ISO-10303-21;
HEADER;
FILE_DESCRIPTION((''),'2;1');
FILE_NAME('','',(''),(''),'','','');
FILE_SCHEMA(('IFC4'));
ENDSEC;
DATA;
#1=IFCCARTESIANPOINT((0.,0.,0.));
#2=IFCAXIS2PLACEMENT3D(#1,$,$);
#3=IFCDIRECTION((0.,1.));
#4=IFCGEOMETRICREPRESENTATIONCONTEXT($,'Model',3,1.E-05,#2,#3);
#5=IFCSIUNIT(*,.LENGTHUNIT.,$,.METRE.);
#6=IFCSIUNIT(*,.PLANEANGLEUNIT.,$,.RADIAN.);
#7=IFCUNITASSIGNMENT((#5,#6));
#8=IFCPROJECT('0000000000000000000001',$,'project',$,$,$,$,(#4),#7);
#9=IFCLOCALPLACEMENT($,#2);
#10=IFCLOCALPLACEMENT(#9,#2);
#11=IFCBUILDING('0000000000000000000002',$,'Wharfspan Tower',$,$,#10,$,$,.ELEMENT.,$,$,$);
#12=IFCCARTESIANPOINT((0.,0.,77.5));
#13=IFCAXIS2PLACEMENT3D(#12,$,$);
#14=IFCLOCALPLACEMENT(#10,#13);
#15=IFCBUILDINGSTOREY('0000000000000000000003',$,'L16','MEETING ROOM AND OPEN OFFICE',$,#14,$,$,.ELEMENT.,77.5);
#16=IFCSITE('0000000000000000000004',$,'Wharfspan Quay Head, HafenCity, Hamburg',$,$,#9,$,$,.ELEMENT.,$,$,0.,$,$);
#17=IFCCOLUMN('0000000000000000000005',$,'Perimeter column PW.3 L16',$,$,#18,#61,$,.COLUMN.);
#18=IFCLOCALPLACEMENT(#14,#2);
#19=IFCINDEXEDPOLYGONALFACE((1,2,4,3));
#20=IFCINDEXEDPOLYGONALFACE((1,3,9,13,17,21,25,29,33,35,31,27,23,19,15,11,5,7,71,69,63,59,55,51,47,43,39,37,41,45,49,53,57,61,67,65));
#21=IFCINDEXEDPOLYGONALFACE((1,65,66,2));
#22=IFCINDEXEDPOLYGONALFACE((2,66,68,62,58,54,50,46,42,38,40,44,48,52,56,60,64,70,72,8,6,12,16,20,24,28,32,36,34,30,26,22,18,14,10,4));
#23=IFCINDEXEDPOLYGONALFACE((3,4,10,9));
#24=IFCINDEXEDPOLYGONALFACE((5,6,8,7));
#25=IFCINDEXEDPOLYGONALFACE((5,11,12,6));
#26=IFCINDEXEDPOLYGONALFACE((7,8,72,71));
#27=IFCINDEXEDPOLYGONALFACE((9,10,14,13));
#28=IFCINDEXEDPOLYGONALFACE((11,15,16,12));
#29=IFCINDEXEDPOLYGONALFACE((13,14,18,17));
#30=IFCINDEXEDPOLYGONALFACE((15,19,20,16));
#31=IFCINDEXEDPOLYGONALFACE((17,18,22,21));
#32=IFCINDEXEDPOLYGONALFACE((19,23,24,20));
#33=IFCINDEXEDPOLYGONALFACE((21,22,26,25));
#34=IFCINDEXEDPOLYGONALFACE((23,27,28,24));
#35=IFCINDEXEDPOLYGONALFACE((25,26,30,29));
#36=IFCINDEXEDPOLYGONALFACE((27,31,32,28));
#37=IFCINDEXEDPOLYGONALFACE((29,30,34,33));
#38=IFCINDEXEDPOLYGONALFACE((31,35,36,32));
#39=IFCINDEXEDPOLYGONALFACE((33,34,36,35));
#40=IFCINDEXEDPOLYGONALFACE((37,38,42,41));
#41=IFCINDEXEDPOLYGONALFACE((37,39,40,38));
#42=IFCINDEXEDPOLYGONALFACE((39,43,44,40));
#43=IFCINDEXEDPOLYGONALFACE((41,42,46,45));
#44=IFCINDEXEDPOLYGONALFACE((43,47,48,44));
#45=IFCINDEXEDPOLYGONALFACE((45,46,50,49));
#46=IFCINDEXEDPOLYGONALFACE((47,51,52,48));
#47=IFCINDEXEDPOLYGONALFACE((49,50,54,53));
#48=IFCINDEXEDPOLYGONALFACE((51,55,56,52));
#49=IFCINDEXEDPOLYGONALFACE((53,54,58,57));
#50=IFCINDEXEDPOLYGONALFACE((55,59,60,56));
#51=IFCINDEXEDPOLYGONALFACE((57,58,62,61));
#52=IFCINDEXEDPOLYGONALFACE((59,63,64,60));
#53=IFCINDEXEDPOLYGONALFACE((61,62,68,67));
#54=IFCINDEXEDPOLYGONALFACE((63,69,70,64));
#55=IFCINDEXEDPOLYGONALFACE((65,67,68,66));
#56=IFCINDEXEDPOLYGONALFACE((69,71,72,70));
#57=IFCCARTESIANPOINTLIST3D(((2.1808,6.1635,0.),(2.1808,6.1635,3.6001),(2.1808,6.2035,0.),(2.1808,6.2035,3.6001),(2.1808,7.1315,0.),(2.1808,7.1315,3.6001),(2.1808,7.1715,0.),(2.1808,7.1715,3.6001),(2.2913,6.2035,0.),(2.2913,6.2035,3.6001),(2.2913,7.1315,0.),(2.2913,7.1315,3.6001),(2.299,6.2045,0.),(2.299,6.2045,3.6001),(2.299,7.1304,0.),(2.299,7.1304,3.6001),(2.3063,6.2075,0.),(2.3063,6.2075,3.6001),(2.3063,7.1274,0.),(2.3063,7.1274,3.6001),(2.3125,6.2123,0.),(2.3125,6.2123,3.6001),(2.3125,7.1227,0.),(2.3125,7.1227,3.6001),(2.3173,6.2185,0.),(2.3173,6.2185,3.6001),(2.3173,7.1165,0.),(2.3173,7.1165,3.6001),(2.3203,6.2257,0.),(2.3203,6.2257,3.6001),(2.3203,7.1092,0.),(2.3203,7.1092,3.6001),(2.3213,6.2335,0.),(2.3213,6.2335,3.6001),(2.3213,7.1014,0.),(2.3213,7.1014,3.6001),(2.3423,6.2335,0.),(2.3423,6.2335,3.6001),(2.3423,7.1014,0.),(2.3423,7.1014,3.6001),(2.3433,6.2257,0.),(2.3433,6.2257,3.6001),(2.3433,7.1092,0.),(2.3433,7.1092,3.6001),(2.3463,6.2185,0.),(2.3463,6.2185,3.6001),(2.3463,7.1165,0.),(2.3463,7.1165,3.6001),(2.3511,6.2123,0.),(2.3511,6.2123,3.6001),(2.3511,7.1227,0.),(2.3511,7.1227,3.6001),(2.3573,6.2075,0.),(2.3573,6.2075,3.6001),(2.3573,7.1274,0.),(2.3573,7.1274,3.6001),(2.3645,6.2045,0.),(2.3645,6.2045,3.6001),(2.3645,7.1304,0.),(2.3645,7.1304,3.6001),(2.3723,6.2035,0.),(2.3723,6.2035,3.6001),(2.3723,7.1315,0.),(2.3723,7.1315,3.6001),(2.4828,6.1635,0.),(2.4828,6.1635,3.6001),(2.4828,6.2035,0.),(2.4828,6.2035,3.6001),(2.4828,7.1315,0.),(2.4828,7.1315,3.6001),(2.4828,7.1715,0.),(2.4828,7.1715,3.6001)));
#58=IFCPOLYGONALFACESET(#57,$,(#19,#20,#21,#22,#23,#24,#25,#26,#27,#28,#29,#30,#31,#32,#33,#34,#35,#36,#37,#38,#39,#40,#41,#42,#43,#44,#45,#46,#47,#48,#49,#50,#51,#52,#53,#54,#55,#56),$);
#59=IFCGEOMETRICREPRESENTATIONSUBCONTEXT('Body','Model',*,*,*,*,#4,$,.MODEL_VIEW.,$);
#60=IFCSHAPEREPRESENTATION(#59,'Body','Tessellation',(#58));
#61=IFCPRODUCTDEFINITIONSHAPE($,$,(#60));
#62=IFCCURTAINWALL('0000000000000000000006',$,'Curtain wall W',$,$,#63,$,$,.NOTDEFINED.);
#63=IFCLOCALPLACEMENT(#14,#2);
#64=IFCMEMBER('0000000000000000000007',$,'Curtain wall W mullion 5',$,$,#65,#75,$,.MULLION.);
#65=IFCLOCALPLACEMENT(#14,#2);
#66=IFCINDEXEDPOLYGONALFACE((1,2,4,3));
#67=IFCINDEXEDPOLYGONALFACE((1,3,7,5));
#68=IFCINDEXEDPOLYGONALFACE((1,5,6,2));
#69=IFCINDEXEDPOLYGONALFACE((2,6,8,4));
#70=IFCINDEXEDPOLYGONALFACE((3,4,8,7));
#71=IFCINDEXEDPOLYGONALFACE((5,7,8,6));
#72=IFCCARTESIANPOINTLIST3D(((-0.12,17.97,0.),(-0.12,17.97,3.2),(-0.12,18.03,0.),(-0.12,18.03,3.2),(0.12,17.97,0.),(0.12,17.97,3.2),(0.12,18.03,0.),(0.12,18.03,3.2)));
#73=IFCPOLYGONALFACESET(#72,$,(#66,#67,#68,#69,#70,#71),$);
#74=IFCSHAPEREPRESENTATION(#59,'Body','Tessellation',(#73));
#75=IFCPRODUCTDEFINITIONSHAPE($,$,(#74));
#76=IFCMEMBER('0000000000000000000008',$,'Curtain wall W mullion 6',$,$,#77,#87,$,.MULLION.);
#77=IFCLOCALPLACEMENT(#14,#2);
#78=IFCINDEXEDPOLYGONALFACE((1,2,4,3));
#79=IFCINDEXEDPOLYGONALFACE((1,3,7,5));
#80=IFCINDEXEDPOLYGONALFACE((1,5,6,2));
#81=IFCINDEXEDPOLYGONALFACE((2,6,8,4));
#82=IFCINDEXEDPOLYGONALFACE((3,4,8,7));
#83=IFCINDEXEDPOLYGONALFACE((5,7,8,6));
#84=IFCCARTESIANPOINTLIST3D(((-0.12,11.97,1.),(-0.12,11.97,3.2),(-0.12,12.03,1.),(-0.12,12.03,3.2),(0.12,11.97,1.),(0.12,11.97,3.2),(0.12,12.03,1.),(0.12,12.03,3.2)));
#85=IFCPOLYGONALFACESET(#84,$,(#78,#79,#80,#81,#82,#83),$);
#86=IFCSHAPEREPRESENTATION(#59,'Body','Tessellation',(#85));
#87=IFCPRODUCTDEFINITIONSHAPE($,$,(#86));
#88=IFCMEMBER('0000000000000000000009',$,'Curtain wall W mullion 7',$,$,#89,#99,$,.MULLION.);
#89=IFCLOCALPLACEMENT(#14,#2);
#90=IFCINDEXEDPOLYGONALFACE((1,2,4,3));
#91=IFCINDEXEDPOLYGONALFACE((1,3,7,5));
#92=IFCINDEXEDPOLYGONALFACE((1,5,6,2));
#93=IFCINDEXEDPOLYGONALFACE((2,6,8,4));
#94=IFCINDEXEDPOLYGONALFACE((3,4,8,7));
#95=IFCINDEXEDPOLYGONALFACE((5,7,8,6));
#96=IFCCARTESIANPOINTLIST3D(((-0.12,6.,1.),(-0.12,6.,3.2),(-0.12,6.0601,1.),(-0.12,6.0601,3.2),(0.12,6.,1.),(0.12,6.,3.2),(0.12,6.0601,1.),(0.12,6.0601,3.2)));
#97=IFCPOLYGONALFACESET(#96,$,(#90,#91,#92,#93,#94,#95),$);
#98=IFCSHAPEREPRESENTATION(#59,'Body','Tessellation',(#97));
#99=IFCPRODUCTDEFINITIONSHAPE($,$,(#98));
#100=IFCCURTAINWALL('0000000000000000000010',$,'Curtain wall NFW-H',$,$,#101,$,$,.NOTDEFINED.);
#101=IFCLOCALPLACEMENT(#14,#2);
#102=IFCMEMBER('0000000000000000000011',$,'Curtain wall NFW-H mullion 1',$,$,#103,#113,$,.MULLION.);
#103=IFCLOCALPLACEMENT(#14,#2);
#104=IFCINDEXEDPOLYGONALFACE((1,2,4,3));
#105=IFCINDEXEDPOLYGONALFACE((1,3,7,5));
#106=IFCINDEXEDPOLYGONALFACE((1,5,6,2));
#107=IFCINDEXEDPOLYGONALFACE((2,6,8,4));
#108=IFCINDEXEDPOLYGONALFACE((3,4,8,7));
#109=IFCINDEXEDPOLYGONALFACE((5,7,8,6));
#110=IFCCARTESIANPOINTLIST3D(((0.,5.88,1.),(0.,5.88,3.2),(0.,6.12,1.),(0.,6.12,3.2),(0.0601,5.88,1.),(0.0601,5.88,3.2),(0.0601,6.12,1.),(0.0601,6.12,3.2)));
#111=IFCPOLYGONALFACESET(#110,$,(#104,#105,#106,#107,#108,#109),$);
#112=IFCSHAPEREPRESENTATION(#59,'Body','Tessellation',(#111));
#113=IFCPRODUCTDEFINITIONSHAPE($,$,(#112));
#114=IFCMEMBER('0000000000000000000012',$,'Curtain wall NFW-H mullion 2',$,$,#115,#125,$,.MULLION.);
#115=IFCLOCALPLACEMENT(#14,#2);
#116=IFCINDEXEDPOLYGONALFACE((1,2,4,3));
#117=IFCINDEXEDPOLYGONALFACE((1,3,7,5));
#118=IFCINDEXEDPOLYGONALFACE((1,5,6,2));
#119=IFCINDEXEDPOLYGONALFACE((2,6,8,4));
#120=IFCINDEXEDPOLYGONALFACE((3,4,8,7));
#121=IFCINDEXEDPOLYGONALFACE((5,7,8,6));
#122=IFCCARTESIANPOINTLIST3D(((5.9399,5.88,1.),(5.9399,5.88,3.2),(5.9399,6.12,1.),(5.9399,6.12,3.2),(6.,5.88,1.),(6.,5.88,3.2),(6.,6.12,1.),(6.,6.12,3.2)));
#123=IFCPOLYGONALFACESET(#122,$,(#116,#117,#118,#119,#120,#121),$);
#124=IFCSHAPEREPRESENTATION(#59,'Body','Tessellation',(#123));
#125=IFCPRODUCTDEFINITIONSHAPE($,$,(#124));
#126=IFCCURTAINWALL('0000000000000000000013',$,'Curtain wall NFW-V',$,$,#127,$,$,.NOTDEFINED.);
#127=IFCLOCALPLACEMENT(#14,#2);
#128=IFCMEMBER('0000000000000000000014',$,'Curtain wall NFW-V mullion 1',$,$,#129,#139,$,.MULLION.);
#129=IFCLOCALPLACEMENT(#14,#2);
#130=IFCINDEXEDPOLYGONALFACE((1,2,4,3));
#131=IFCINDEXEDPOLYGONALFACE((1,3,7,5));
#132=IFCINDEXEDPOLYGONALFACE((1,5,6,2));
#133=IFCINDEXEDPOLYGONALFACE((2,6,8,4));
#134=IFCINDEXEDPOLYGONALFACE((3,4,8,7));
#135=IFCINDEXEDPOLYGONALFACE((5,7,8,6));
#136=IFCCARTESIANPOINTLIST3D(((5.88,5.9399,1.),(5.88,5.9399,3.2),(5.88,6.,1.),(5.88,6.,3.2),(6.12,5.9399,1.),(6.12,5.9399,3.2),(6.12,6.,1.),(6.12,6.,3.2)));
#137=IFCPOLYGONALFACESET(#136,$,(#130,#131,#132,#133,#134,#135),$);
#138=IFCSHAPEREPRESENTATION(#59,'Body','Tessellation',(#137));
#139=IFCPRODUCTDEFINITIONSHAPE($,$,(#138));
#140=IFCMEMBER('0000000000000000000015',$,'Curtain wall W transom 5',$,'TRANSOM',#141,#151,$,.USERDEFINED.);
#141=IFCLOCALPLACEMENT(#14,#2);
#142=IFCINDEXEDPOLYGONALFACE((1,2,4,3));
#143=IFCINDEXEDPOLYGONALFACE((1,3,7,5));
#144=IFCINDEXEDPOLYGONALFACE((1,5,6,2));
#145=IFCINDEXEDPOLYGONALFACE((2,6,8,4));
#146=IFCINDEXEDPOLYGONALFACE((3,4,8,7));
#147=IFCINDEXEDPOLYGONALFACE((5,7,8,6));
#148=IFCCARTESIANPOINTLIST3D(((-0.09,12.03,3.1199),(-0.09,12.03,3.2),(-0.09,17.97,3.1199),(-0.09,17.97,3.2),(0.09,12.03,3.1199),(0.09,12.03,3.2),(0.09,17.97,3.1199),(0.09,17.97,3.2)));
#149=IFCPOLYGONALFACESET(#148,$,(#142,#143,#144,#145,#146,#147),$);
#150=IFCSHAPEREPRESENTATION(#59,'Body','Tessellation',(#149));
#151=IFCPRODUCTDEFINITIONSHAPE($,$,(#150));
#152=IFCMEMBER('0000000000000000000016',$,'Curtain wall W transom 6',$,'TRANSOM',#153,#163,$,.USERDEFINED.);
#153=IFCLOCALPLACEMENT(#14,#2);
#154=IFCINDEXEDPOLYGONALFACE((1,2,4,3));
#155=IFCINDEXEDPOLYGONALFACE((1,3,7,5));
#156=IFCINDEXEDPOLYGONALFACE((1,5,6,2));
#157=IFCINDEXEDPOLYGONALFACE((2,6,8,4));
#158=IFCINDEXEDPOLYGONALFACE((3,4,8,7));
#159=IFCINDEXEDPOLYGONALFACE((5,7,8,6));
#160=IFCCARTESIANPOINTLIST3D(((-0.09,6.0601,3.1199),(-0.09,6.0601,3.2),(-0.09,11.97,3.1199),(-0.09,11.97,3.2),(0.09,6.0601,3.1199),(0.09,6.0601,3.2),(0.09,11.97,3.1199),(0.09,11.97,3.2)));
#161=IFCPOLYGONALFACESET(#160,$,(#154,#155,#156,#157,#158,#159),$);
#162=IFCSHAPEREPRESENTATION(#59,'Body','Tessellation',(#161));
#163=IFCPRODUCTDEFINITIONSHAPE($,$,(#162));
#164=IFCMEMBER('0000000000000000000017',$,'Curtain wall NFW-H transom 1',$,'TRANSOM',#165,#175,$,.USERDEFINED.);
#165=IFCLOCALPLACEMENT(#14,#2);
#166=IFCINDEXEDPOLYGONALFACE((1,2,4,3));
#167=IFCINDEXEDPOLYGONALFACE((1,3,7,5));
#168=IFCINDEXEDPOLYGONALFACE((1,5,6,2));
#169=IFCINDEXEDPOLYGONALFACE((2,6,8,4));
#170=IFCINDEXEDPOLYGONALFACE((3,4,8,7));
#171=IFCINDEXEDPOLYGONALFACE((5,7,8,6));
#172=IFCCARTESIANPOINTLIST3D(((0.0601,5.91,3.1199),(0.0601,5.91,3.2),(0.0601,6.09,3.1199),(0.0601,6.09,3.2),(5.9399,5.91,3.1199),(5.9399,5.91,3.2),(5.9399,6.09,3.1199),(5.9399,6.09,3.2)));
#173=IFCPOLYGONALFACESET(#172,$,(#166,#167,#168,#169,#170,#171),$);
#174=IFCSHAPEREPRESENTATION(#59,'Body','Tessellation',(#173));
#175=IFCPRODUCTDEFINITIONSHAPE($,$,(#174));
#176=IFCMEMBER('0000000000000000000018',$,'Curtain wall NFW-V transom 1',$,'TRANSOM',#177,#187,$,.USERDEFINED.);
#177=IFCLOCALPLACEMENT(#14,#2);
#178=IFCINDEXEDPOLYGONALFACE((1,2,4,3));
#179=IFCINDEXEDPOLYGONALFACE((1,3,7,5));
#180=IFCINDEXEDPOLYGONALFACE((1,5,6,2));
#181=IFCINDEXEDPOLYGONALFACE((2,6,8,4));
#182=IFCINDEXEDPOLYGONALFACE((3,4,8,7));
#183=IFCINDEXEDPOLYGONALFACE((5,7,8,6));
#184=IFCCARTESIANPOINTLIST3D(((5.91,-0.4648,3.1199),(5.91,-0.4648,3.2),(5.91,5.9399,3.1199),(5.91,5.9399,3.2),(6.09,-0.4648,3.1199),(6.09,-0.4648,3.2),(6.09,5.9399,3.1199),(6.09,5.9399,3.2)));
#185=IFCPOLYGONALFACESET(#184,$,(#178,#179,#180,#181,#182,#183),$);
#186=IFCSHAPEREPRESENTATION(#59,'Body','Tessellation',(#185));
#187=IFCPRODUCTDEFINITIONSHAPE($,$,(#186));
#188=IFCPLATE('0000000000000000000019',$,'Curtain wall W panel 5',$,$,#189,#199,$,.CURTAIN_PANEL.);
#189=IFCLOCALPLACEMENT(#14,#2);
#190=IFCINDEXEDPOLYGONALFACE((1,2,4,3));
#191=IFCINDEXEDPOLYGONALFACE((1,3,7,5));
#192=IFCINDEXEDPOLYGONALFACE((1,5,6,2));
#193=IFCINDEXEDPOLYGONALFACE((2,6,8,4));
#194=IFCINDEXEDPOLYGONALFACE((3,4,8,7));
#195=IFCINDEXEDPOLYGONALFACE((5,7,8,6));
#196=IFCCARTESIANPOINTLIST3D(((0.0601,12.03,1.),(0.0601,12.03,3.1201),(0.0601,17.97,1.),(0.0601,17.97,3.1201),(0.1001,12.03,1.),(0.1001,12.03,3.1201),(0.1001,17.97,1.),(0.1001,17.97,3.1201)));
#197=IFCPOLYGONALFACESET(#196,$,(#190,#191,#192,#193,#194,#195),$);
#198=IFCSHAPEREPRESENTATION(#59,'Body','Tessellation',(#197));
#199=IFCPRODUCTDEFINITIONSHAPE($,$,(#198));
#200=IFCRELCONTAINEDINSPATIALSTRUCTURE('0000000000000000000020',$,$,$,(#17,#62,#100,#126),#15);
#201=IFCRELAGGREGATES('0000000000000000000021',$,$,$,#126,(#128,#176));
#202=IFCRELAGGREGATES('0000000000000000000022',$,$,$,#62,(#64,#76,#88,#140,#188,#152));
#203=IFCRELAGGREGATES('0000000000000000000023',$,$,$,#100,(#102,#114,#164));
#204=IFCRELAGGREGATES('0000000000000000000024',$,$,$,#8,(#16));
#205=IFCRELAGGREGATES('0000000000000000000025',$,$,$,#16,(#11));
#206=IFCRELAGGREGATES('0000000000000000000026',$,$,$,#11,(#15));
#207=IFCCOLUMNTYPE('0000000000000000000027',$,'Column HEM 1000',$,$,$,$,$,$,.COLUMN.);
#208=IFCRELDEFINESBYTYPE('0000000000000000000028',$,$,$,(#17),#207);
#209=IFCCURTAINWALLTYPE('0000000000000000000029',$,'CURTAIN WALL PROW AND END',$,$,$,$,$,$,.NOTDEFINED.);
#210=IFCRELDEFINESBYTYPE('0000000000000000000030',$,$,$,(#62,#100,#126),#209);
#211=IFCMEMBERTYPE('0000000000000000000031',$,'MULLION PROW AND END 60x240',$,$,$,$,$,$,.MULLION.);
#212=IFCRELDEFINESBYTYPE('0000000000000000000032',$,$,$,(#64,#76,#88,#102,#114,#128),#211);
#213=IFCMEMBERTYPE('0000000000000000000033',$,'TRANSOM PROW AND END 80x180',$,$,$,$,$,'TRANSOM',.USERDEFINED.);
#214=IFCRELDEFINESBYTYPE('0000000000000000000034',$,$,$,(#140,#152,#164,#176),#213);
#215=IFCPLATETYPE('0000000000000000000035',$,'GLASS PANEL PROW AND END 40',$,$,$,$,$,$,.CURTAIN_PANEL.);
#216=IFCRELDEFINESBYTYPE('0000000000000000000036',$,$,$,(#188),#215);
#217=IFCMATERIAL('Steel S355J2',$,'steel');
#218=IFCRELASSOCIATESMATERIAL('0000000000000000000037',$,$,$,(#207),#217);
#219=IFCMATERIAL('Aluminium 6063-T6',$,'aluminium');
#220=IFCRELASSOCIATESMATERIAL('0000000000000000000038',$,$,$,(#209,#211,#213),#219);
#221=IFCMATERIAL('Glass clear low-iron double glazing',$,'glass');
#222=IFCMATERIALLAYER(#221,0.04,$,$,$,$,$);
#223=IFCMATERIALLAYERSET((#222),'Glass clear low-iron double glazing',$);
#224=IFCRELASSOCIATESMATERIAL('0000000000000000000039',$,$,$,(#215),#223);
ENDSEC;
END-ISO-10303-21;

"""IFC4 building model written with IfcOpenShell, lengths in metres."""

from ifc_helpers import new_model, si_unit, direction, frame, origin, origin_2d, place, context, subcontext, project, spatial, rectangle, i_section, extrude, material, layer, layer_set, material_profile, profile_set, type_object, element, aggregate, save


model = new_model("IFC4")

# Units and contexts
model_context = context("Model", 3, precision=1e-05, world=origin(), true_north=direction((0.0, 1.0)))
body_context = subcontext(model_context, "Body", "Model", "MODEL_VIEW")
ifc_project = project(units=[si_unit("LENGTHUNIT", "METRE"), si_unit("PLANEANGLEUNIT", "RADIAN")], contexts=[model_context])

# Site, building, storey
site_placement = place(None, origin())
site = spatial("IfcSite", under=ifc_project, at=site_placement, Name="Wharfspan Quay Head, HafenCity, Hamburg", CompositionType="ELEMENT", RefElevation=0.0)
building_placement = place(site_placement, origin())
building = spatial("IfcBuilding", under=site, at=building_placement, Name="Wharfspan Tower", CompositionType="ELEMENT")
storey_placement = place(building_placement, frame((0.0, 0.0, 77.5)))
storey = spatial("IfcBuildingStorey", under=building, at=storey_placement, Name="L16", Description="MEETING ROOM AND OPEN OFFICE", CompositionType="ELEMENT", Elevation=77.5)

# Column
ifc_material_1 = material(Name="Steel S355J2", Category="steel")
ifc_material_profile_1 = material_profile(ifc_material_1, i_section(OverallWidth=0.302, OverallDepth=1.0081, WebThickness=0.021, FlangeThickness=0.04, FilletRadius=0.03, at=origin_2d()))
ifc_profile_set_1 = profile_set([ifc_material_profile_1], Name="Steel S355J2")
column_type = type_object("IfcColumnType", Name="Column HEM 1000", PredefinedType="COLUMN", material=ifc_profile_set_1)
column_placement = place(storey_placement, frame((2.3318, 6.6675, 0.0), z_axis=(0.0, 0.0, 1.0), x_axis=(-1.0, 0.0, 0.0)))
element("IfcColumn", 1, at=column_placement, inside=storey, type_object=column_type, Name="Perimeter column PW.3 L16", PredefinedType="COLUMN", context=body_context, shape_type="SweptSolid", body=[
    extrude(i_section(OverallWidth=0.302, OverallDepth=1.0081, WebThickness=0.021, FlangeThickness=0.04, FilletRadius=0.03, at=origin_2d()), origin(), (0.0, 0.0, 1.0), 3.6001),
])

# Curtain walls, members
ifc_material_2 = material(Name="Aluminium 6063-T6", Category="aluminium")
curtain_wall_type = type_object("IfcCurtainWallType", Name="CURTAIN WALL PROW AND END", PredefinedType="NOTDEFINED", material=ifc_material_2)
curtain_wall_1_placement = place(storey_placement, origin())
curtain_wall_1 = element("IfcCurtainWall", 2, at=curtain_wall_1_placement, inside=storey, type_object=curtain_wall_type, Name="Curtain wall W", PredefinedType="NOTDEFINED")
ifc_material_profile_2 = material_profile(ifc_material_2, rectangle(XDim=0.24, YDim=0.0601, at=origin_2d()))
ifc_profile_set_2 = profile_set([ifc_material_profile_2], Name="Aluminium 6063-T6")
member_type_1 = type_object("IfcMemberType", Name="MULLION PROW AND END 60x240", PredefinedType="MULLION", material=ifc_profile_set_2)
member_1_placement = place(storey_placement, frame((0.0, 18.0, 0.0), z_axis=(0.0, 0.0, 1.0), x_axis=(1.0, 0.0, 0.0)))
member_1 = element("IfcMember", 3, at=member_1_placement, type_object=member_type_1, Name="Curtain wall W mullion 5", PredefinedType="MULLION", context=body_context, shape_type="SweptSolid", body=[
    extrude(rectangle(XDim=0.24, YDim=0.0601, at=origin_2d()), origin(), (0.0, 0.0, 1.0), 3.2),
])
member_2_placement = place(storey_placement, frame((0.0, 12.0, 1.0), z_axis=(0.0, 0.0, 1.0), x_axis=(1.0, 0.0, 0.0)))
member_2 = element("IfcMember", 4, at=member_2_placement, type_object=member_type_1, Name="Curtain wall W mullion 6", PredefinedType="MULLION", context=body_context, shape_type="SweptSolid", body=[
    extrude(rectangle(XDim=0.24, YDim=0.0601, at=origin_2d()), origin(), (0.0, 0.0, 1.0), 2.2),
])
member_3_placement = place(storey_placement, frame((0.0, 6.03, 1.0), z_axis=(0.0, 0.0, 1.0), x_axis=(1.0, 0.0, 0.0)))
member_3 = element("IfcMember", 5, at=member_3_placement, type_object=member_type_1, Name="Curtain wall W mullion 7", PredefinedType="MULLION", context=body_context, shape_type="SweptSolid", body=[
    extrude(rectangle(XDim=0.24, YDim=0.0601, at=origin_2d()), origin(), (0.0, 0.0, 1.0), 2.2),
])
curtain_wall_2_placement = place(storey_placement, origin())
curtain_wall_2 = element("IfcCurtainWall", 6, at=curtain_wall_2_placement, inside=storey, type_object=curtain_wall_type, Name="Curtain wall NFW-H", PredefinedType="NOTDEFINED")
member_4_placement = place(storey_placement, frame((0.03, 6.0, 1.0), z_axis=(0.0, 0.0, 1.0), x_axis=(0.0, 1.0, 0.0)))
member_4 = element("IfcMember", 7, at=member_4_placement, type_object=member_type_1, Name="Curtain wall NFW-H mullion 1", PredefinedType="MULLION", context=body_context, shape_type="SweptSolid", body=[
    extrude(rectangle(XDim=0.24, YDim=0.0601, at=origin_2d()), origin(), (0.0, 0.0, 1.0), 2.2),
])
member_5_placement = place(storey_placement, frame((5.97, 6.0, 1.0), z_axis=(0.0, 0.0, 1.0), x_axis=(0.0, 1.0, 0.0)))
member_5 = element("IfcMember", 8, at=member_5_placement, type_object=member_type_1, Name="Curtain wall NFW-H mullion 2", PredefinedType="MULLION", context=body_context, shape_type="SweptSolid", body=[
    extrude(rectangle(XDim=0.24, YDim=0.0601, at=origin_2d()), origin(), (0.0, 0.0, 1.0), 2.2),
])

# Curtain wall, member
curtain_wall_3_placement = place(storey_placement, origin())
curtain_wall_3 = element("IfcCurtainWall", 9, at=curtain_wall_3_placement, inside=storey, type_object=curtain_wall_type, Name="Curtain wall NFW-V", PredefinedType="NOTDEFINED")
member_6_placement = place(storey_placement, frame((6.0, 5.97, 1.0), z_axis=(0.0, 0.0, 1.0), x_axis=(1.0, 0.0, 0.0)))
member_6 = element("IfcMember", 10, at=member_6_placement, type_object=member_type_1, Name="Curtain wall NFW-V mullion 1", PredefinedType="MULLION", context=body_context, shape_type="SweptSolid", body=[
    extrude(rectangle(XDim=0.24, YDim=0.0601, at=origin_2d()), origin(), (0.0, 0.0, 1.0), 2.2),
])

# Members
ifc_material_profile_3 = material_profile(ifc_material_2, rectangle(XDim=0.1799, YDim=0.0801, at=origin_2d()))
ifc_profile_set_3 = profile_set([ifc_material_profile_3], Name="Aluminium 6063-T6")
member_type_2 = type_object("IfcMemberType", Name="TRANSOM PROW AND END 80x180", ElementType="TRANSOM", PredefinedType="USERDEFINED", material=ifc_profile_set_3)
member_7_placement = place(storey_placement, frame((0.0, 17.97, 3.1599), z_axis=(0.0, -1.0, 0.0), x_axis=(1.0, 0.0, 0.0)))
member_7 = element("IfcMember", 11, at=member_7_placement, type_object=member_type_2, Name="Curtain wall W transom 5", ObjectType="TRANSOM", PredefinedType="USERDEFINED", context=body_context, shape_type="SweptSolid", body=[
    extrude(rectangle(XDim=0.1799, YDim=0.0801, at=origin_2d()), origin(), (0.0, 0.0, 1.0), 5.9399),
])
member_8_placement = place(storey_placement, frame((0.0, 11.97, 3.1599), z_axis=(0.0, -1.0, 0.0), x_axis=(1.0, 0.0, 0.0)))
member_8 = element("IfcMember", 12, at=member_8_placement, type_object=member_type_2, Name="Curtain wall W transom 6", ObjectType="TRANSOM", PredefinedType="USERDEFINED", context=body_context, shape_type="SweptSolid", body=[
    extrude(rectangle(XDim=0.1799, YDim=0.0801, at=origin_2d()), origin(), (0.0, 0.0, 1.0), 5.9099),
])
member_9_placement = place(storey_placement, frame((0.0601, 6.0, 3.1599), z_axis=(1.0, 0.0, 0.0), x_axis=(0.0, 1.0, 0.0)))
member_9 = element("IfcMember", 13, at=member_9_placement, type_object=member_type_2, Name="Curtain wall NFW-H transom 1", ObjectType="TRANSOM", PredefinedType="USERDEFINED", context=body_context, shape_type="SweptSolid", body=[
    extrude(rectangle(XDim=0.1799, YDim=0.0801, at=origin_2d()), origin(), (0.0, 0.0, 1.0), 5.8799),
])
member_10_placement = place(storey_placement, frame((6.0, 5.9399, 3.1599), z_axis=(0.0, -1.0, 0.0), x_axis=(1.0, 0.0, 0.0)))
member_10 = element("IfcMember", 14, at=member_10_placement, type_object=member_type_2, Name="Curtain wall NFW-V transom 1", ObjectType="TRANSOM", PredefinedType="USERDEFINED", context=body_context, shape_type="SweptSolid", body=[
    extrude(rectangle(XDim=0.1799, YDim=0.0801, at=origin_2d()), origin(), (0.0, 0.0, 1.0), 6.4048),
])
aggregate(curtain_wall_3, [member_6, member_10])

# Plate
ifc_material_3 = material(Name="Glass clear low-iron double glazing", Category="glass")
ifc_layer_1 = layer(ifc_material_3, 0.04)
ifc_layer_set_1 = layer_set([ifc_layer_1], Name="Glass clear low-iron double glazing")
plate_type = type_object("IfcPlateType", Name="GLASS PANEL PROW AND END 40", PredefinedType="CURTAIN_PANEL", material=ifc_layer_set_1)
plate_1_placement = place(storey_placement, frame((0.0801, 15.0, 1.0), z_axis=(0.0, 0.0, 1.0), x_axis=(0.0, -1.0, 0.0)))
plate_1 = element("IfcPlate", 15, at=plate_1_placement, type_object=plate_type, Name="Curtain wall W panel 5", PredefinedType="CURTAIN_PANEL", context=body_context, shape_type="SweptSolid", body=[
    extrude(rectangle(XDim=5.9399, YDim=0.04, at=origin_2d()), origin(), (0.0, 0.0, 1.0), 2.1201),
])
aggregate(curtain_wall_1, [member_1, member_2, member_3, member_7, plate_1, member_8])
aggregate(curtain_wall_2, [member_4, member_5, member_9])

save(model, "model.ifc")
